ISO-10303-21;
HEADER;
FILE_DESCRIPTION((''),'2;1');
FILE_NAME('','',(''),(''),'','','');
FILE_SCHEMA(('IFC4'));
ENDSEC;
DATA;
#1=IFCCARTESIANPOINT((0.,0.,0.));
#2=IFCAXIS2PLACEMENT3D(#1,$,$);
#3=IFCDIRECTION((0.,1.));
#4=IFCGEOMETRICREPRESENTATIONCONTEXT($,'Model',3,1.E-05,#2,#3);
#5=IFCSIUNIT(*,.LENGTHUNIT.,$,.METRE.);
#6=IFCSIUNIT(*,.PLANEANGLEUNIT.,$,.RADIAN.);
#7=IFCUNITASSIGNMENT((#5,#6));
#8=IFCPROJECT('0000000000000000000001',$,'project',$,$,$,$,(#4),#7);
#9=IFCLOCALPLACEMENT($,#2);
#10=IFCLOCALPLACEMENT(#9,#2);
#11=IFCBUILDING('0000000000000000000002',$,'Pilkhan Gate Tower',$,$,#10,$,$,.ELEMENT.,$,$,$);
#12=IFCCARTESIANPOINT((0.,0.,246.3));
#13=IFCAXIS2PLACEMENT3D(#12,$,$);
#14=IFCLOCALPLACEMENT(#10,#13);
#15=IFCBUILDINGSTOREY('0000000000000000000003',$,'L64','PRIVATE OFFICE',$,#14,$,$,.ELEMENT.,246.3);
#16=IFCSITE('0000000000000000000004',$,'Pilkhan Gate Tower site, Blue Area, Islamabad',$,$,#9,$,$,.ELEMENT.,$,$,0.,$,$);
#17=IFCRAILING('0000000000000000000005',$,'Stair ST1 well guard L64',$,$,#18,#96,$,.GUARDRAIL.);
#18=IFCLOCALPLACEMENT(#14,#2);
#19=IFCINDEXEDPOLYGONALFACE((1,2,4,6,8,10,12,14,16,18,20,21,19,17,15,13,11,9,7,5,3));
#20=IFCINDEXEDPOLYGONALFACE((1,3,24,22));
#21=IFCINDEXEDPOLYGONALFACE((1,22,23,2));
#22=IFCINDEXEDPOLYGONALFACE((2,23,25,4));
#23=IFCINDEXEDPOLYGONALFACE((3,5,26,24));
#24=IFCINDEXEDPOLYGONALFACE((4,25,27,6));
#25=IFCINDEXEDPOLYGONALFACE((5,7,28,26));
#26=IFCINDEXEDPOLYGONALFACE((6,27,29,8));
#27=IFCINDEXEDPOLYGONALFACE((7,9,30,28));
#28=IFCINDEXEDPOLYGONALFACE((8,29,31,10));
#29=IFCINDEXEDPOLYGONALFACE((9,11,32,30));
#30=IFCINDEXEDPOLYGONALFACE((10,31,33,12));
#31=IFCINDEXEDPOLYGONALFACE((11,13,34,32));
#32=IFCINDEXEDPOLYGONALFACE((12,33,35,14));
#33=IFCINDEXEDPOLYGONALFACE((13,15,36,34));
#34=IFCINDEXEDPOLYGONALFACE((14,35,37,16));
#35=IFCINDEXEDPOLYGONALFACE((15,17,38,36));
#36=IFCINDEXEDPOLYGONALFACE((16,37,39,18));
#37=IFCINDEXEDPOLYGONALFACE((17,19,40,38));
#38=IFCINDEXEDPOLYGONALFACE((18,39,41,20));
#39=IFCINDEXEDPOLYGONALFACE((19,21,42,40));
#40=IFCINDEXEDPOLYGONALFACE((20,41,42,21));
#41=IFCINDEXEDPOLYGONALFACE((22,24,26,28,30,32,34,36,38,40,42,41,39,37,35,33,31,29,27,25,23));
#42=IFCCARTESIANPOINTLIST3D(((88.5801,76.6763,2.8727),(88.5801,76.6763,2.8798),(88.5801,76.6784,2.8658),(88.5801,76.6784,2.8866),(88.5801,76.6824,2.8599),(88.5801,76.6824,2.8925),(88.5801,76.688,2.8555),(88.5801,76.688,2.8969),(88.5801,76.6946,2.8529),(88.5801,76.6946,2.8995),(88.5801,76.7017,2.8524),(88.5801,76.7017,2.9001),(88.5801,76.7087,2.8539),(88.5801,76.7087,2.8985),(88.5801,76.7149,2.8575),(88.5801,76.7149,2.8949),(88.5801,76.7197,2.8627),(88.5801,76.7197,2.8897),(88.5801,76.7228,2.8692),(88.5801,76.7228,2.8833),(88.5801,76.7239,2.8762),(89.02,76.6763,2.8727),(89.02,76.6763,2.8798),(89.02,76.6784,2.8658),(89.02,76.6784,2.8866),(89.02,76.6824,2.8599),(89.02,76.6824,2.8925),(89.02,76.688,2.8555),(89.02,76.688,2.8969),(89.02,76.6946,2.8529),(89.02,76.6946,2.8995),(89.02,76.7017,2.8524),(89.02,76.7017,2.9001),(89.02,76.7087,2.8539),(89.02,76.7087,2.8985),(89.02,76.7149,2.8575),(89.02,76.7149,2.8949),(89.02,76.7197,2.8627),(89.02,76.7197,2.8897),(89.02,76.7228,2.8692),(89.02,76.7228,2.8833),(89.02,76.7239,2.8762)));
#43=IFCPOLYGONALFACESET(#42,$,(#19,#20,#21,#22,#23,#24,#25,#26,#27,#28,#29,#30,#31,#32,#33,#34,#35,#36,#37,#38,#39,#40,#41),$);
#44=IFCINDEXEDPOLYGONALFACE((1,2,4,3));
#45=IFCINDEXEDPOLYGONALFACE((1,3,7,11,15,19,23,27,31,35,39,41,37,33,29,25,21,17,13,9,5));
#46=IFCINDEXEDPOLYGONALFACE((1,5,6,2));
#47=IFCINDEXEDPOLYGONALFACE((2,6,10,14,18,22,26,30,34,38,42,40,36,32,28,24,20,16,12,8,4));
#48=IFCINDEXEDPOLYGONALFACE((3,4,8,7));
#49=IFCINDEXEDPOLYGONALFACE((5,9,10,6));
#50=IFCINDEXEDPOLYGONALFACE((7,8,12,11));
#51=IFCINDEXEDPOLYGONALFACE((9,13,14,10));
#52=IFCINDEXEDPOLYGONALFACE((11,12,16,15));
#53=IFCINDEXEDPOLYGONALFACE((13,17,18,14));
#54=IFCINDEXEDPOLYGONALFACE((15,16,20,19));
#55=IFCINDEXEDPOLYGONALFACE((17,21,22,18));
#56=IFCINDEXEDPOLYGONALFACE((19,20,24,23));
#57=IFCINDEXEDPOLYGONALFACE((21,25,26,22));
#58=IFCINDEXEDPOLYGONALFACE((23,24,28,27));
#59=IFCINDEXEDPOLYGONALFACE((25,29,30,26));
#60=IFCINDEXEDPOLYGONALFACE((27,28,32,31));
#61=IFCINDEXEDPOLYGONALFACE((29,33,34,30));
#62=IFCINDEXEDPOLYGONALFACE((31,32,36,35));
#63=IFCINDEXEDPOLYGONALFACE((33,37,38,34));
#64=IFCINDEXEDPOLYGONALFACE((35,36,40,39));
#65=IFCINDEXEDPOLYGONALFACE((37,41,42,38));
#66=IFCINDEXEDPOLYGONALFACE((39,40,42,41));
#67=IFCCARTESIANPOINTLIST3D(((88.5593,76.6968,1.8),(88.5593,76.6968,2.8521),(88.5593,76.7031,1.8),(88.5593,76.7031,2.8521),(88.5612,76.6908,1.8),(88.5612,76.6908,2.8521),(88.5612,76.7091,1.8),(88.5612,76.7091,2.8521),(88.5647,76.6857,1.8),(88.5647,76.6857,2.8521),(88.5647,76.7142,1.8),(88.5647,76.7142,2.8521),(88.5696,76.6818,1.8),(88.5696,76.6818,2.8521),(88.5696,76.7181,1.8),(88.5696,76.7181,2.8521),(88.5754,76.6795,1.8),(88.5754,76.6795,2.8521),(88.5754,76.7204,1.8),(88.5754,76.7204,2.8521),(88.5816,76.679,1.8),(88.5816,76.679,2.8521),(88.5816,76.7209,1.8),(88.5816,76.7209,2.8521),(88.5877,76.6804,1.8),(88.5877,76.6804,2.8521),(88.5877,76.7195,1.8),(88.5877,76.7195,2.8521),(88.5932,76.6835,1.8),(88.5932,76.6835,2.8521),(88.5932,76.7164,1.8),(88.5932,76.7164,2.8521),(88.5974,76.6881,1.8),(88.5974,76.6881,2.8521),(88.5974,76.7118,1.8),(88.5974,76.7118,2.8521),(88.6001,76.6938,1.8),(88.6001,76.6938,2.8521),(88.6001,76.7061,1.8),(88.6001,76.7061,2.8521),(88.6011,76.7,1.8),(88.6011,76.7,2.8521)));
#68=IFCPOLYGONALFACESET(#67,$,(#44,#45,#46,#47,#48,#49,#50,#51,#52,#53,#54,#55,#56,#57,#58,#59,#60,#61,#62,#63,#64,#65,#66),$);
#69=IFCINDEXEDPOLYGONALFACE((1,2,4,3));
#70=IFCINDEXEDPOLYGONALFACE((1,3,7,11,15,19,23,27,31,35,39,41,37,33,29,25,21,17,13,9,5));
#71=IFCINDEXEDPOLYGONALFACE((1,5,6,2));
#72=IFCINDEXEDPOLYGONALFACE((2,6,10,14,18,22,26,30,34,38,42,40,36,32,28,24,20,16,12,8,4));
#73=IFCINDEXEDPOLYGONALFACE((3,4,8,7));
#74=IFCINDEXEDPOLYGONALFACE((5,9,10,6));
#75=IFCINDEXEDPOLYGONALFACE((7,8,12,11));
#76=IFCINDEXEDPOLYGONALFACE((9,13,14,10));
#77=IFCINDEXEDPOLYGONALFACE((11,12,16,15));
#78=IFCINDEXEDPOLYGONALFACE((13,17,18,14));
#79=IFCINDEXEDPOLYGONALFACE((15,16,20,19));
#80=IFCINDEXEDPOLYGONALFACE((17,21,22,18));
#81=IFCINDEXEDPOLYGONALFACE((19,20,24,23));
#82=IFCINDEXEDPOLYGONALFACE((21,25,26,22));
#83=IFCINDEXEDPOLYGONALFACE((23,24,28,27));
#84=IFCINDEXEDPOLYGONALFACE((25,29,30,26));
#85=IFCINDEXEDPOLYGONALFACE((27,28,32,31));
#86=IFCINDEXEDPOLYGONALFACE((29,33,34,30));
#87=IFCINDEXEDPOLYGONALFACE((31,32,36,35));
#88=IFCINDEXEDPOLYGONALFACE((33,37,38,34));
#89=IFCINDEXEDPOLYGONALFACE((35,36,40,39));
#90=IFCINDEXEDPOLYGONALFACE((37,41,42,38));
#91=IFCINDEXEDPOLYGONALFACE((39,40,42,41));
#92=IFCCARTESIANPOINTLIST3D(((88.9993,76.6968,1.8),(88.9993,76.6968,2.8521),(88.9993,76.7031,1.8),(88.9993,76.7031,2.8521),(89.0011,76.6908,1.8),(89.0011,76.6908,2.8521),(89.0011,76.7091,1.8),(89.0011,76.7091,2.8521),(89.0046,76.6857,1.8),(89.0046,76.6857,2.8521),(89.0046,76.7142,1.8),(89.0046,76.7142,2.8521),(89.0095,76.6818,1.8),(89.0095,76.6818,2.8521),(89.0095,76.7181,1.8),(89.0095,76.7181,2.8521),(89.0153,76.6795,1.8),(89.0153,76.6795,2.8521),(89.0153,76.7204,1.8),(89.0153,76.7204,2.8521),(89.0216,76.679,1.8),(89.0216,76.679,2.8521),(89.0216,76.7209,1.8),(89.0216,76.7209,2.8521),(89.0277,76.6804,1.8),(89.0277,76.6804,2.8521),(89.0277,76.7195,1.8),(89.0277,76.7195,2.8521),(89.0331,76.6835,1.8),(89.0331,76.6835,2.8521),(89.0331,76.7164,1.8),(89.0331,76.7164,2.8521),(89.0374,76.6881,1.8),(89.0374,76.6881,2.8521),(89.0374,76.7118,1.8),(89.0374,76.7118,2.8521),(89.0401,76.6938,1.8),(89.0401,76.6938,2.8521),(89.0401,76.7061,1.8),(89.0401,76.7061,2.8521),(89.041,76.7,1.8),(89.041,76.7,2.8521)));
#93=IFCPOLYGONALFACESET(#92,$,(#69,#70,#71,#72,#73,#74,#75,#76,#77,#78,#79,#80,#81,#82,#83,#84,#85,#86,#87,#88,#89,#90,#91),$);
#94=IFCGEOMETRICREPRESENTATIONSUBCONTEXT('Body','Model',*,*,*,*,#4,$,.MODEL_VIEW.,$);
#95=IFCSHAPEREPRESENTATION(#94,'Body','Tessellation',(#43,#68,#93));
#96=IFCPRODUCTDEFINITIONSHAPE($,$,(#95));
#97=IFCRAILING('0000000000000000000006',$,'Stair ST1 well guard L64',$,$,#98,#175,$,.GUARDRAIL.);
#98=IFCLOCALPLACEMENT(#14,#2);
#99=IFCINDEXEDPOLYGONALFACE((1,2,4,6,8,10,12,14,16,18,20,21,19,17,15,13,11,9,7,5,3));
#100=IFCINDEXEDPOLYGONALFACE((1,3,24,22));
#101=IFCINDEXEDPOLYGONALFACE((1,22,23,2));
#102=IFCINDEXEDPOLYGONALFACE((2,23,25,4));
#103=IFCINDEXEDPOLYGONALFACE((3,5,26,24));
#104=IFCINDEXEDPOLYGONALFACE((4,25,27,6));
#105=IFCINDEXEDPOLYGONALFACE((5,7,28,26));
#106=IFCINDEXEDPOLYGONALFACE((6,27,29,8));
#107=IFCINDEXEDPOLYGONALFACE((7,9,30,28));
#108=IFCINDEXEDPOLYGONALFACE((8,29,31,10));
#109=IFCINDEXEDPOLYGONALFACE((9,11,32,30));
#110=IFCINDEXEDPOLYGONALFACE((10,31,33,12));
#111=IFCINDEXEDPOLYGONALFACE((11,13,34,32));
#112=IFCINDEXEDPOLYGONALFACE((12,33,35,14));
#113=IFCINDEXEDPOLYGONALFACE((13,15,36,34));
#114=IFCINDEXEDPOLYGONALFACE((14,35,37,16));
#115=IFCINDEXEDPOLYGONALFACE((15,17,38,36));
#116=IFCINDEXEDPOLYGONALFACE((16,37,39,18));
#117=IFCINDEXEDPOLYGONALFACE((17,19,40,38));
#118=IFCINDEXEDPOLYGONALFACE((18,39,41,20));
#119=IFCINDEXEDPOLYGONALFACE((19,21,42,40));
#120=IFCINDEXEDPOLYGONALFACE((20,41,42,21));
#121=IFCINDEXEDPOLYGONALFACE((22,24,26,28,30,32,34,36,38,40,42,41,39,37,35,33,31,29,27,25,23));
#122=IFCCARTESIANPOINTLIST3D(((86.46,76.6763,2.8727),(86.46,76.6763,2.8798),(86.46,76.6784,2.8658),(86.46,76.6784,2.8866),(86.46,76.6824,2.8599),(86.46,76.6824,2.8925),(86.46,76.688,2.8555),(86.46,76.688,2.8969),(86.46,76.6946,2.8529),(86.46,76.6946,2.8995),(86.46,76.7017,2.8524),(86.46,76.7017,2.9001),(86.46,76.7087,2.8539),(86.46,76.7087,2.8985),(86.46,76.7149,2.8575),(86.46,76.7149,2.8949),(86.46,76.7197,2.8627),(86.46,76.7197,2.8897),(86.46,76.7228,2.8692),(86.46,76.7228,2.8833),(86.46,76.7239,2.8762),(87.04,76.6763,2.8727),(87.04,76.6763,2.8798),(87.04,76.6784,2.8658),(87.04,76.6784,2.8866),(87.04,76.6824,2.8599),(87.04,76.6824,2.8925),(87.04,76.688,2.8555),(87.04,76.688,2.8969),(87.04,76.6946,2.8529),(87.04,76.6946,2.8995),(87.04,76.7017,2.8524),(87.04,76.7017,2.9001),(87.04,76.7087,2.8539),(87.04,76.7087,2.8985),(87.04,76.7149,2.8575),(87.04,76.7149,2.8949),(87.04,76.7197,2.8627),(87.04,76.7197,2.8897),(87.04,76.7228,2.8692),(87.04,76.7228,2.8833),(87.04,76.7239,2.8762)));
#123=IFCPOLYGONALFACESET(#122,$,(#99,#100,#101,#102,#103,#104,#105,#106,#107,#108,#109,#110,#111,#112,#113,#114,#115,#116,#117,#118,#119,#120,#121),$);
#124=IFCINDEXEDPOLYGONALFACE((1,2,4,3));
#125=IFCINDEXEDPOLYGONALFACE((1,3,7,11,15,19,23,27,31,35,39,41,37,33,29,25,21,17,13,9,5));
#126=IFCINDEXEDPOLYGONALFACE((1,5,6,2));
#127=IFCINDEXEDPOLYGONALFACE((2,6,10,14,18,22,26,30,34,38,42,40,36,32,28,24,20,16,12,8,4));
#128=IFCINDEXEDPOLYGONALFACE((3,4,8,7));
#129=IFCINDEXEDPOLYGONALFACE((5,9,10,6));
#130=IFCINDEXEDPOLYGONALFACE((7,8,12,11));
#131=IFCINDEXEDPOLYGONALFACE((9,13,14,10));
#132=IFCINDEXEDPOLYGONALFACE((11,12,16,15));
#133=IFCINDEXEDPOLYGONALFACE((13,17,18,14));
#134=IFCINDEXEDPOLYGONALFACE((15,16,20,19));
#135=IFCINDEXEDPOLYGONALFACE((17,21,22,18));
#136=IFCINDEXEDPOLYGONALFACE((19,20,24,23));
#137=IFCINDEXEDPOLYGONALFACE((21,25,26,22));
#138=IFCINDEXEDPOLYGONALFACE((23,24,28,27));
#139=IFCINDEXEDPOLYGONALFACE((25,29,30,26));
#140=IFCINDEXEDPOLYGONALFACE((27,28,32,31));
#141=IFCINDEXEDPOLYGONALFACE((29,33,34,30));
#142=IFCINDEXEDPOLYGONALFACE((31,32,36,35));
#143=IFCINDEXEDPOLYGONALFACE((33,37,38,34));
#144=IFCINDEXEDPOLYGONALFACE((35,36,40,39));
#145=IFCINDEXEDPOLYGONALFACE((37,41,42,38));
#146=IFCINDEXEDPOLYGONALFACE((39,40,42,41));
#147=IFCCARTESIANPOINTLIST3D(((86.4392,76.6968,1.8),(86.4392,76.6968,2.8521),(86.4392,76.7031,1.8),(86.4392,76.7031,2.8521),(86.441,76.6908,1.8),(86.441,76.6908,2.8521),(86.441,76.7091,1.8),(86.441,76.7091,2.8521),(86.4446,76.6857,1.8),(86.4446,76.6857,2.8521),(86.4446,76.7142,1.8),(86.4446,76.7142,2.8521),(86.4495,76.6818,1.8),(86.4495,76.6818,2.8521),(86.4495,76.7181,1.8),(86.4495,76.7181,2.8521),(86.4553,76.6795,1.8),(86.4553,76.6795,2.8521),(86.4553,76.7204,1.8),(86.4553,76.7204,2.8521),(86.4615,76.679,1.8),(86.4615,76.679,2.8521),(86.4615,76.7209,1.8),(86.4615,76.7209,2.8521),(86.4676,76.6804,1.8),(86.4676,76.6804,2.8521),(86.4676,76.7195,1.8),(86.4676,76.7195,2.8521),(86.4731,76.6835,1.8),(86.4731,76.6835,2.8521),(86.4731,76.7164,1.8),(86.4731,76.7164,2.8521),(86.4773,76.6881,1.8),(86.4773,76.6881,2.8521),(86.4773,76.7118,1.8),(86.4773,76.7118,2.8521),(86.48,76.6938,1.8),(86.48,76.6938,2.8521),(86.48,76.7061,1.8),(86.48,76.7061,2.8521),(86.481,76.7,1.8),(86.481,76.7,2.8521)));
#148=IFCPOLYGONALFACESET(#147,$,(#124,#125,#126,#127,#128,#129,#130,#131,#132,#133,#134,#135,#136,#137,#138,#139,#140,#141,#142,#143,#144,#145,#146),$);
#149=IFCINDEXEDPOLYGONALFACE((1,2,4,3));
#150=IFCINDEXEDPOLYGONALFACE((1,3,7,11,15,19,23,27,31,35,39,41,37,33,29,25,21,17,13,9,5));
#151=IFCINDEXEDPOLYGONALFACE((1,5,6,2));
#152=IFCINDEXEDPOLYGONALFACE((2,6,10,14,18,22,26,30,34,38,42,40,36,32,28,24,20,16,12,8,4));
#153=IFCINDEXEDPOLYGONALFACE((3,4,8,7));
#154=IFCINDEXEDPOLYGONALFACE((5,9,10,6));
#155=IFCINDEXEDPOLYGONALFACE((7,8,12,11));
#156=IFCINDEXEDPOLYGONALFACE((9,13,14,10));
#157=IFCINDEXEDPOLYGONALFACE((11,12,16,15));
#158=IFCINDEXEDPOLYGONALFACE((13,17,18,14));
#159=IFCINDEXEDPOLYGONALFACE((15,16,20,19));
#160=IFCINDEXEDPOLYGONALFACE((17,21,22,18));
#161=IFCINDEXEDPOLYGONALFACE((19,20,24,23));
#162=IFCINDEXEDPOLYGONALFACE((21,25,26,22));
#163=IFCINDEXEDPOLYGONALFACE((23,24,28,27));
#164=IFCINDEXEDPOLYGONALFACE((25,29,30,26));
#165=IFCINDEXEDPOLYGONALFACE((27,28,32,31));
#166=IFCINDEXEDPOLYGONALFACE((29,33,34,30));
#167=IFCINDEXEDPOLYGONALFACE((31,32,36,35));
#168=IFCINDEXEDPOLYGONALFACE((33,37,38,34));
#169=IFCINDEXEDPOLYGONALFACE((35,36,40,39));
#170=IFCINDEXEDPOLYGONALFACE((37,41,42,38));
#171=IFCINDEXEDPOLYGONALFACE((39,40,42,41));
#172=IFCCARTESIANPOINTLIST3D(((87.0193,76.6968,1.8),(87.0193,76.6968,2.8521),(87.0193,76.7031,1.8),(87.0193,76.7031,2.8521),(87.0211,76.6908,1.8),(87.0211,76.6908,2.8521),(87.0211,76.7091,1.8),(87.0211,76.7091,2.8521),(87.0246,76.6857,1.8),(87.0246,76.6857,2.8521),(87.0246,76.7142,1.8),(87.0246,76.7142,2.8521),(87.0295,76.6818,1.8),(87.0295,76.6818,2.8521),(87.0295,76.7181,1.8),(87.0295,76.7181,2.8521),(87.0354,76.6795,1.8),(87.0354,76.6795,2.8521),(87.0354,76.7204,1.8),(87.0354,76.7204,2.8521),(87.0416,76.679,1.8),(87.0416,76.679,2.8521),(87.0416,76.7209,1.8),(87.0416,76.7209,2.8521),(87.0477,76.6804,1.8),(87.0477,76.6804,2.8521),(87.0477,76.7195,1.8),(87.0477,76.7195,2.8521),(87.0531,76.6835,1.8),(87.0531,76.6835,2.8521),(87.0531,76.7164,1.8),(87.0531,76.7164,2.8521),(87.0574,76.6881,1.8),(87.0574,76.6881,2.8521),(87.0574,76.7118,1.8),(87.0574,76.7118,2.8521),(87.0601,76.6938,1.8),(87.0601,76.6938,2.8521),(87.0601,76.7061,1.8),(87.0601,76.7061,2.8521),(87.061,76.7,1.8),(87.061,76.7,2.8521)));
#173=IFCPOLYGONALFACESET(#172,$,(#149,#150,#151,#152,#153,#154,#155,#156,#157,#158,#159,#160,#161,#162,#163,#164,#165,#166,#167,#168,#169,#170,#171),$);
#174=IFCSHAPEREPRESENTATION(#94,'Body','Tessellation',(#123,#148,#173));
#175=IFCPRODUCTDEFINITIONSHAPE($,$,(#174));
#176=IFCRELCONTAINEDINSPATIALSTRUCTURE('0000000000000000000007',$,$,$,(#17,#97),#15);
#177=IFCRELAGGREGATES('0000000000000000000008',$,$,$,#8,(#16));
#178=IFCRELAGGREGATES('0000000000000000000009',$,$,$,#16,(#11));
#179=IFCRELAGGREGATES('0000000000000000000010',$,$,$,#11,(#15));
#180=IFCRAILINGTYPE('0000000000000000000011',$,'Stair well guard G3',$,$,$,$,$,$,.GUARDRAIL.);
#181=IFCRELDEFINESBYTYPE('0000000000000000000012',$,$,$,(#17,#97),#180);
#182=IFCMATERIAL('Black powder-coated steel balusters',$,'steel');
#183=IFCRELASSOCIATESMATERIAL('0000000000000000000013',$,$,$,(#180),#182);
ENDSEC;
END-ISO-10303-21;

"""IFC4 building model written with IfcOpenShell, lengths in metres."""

from ifc_helpers import new_model, si_unit, direction, frame, origin, origin_2d, place, context, subcontext, project, spatial, circle, extrude, material, type_object, element, save


model = new_model("IFC4")

# Units and contexts
model_context = context("Model", 3, precision=1e-05, world=origin(), true_north=direction((0.0, 1.0)))
body_context = subcontext(model_context, "Body", "Model", "MODEL_VIEW")
ifc_project = project(units=[si_unit("LENGTHUNIT", "METRE"), si_unit("PLANEANGLEUNIT", "RADIAN")], contexts=[model_context])

# Site, building, storey
site_placement = place(None, origin())
site = spatial("IfcSite", under=ifc_project, at=site_placement, Name="Pilkhan Gate Tower site, Blue Area, Islamabad", CompositionType="ELEMENT", RefElevation=0.0)
building_placement = place(site_placement, origin())
building = spatial("IfcBuilding", under=site, at=building_placement, Name="Pilkhan Gate Tower", CompositionType="ELEMENT")
storey_placement = place(building_placement, frame((0.0, 0.0, 246.3)))
storey = spatial("IfcBuildingStorey", under=building, at=storey_placement, Name="L64", Description="PRIVATE OFFICE", CompositionType="ELEMENT", Elevation=246.3)

# Railings
ifc_material_1 = material(Name="Black powder-coated steel balusters", Category="steel")
railing_type_1 = type_object("IfcRailingType", Name="Stair well guard G3", PredefinedType="GUARDRAIL", material=ifc_material_1)
railing_1_placement = place(storey_placement, frame((88.5801, 76.7, 1.8)))
element("IfcRailing", 1, at=railing_1_placement, inside=storey, type_object=railing_type_1, Name="Stair ST1 well guard L64", PredefinedType="GUARDRAIL", context=body_context, shape_type="SweptSolid", body=[
    extrude(circle(Radius=0.0239, at=origin_2d()), frame((0.0, 0.0, 1.0762), z_axis=(1.0, 0.0, 0.0), x_axis=(0.0, 1.0, 0.0)), (0.0, 0.0, 1.0), 0.4399),
    extrude(circle(Radius=0.021, at=origin_2d()), origin(), (0.0, 0.0, 1.0), 1.052),
    extrude(circle(Radius=0.021, at=origin_2d()), frame((0.4399, 0.0, 0.0)), (0.0, 0.0, 1.0), 1.052),
])
for number, where, name in (
    (2, (86.46, 76.7, 1.8), "Stair ST1 well guard L64"),
):
    element("IfcRailing", number, at=place(storey_placement, frame(where)), inside=storey, type_object=railing_type_1, Name=name, PredefinedType="GUARDRAIL", context=body_context, shape_type="SweptSolid", body=[
        extrude(circle(Radius=0.0239, at=origin_2d()), frame((0.0, 0.0, 1.0762), z_axis=(1.0, 0.0, 0.0), x_axis=(0.0, 1.0, 0.0)), (0.0, 0.0, 1.0), 0.5801),
        extrude(circle(Radius=0.021, at=origin_2d()), origin(), (0.0, 0.0, 1.0), 1.052),
        extrude(circle(Radius=0.021, at=origin_2d()), frame((0.5801, 0.0, 0.0)), (0.0, 0.0, 1.0), 1.052),
    ])

save(model, "model.ifc")
